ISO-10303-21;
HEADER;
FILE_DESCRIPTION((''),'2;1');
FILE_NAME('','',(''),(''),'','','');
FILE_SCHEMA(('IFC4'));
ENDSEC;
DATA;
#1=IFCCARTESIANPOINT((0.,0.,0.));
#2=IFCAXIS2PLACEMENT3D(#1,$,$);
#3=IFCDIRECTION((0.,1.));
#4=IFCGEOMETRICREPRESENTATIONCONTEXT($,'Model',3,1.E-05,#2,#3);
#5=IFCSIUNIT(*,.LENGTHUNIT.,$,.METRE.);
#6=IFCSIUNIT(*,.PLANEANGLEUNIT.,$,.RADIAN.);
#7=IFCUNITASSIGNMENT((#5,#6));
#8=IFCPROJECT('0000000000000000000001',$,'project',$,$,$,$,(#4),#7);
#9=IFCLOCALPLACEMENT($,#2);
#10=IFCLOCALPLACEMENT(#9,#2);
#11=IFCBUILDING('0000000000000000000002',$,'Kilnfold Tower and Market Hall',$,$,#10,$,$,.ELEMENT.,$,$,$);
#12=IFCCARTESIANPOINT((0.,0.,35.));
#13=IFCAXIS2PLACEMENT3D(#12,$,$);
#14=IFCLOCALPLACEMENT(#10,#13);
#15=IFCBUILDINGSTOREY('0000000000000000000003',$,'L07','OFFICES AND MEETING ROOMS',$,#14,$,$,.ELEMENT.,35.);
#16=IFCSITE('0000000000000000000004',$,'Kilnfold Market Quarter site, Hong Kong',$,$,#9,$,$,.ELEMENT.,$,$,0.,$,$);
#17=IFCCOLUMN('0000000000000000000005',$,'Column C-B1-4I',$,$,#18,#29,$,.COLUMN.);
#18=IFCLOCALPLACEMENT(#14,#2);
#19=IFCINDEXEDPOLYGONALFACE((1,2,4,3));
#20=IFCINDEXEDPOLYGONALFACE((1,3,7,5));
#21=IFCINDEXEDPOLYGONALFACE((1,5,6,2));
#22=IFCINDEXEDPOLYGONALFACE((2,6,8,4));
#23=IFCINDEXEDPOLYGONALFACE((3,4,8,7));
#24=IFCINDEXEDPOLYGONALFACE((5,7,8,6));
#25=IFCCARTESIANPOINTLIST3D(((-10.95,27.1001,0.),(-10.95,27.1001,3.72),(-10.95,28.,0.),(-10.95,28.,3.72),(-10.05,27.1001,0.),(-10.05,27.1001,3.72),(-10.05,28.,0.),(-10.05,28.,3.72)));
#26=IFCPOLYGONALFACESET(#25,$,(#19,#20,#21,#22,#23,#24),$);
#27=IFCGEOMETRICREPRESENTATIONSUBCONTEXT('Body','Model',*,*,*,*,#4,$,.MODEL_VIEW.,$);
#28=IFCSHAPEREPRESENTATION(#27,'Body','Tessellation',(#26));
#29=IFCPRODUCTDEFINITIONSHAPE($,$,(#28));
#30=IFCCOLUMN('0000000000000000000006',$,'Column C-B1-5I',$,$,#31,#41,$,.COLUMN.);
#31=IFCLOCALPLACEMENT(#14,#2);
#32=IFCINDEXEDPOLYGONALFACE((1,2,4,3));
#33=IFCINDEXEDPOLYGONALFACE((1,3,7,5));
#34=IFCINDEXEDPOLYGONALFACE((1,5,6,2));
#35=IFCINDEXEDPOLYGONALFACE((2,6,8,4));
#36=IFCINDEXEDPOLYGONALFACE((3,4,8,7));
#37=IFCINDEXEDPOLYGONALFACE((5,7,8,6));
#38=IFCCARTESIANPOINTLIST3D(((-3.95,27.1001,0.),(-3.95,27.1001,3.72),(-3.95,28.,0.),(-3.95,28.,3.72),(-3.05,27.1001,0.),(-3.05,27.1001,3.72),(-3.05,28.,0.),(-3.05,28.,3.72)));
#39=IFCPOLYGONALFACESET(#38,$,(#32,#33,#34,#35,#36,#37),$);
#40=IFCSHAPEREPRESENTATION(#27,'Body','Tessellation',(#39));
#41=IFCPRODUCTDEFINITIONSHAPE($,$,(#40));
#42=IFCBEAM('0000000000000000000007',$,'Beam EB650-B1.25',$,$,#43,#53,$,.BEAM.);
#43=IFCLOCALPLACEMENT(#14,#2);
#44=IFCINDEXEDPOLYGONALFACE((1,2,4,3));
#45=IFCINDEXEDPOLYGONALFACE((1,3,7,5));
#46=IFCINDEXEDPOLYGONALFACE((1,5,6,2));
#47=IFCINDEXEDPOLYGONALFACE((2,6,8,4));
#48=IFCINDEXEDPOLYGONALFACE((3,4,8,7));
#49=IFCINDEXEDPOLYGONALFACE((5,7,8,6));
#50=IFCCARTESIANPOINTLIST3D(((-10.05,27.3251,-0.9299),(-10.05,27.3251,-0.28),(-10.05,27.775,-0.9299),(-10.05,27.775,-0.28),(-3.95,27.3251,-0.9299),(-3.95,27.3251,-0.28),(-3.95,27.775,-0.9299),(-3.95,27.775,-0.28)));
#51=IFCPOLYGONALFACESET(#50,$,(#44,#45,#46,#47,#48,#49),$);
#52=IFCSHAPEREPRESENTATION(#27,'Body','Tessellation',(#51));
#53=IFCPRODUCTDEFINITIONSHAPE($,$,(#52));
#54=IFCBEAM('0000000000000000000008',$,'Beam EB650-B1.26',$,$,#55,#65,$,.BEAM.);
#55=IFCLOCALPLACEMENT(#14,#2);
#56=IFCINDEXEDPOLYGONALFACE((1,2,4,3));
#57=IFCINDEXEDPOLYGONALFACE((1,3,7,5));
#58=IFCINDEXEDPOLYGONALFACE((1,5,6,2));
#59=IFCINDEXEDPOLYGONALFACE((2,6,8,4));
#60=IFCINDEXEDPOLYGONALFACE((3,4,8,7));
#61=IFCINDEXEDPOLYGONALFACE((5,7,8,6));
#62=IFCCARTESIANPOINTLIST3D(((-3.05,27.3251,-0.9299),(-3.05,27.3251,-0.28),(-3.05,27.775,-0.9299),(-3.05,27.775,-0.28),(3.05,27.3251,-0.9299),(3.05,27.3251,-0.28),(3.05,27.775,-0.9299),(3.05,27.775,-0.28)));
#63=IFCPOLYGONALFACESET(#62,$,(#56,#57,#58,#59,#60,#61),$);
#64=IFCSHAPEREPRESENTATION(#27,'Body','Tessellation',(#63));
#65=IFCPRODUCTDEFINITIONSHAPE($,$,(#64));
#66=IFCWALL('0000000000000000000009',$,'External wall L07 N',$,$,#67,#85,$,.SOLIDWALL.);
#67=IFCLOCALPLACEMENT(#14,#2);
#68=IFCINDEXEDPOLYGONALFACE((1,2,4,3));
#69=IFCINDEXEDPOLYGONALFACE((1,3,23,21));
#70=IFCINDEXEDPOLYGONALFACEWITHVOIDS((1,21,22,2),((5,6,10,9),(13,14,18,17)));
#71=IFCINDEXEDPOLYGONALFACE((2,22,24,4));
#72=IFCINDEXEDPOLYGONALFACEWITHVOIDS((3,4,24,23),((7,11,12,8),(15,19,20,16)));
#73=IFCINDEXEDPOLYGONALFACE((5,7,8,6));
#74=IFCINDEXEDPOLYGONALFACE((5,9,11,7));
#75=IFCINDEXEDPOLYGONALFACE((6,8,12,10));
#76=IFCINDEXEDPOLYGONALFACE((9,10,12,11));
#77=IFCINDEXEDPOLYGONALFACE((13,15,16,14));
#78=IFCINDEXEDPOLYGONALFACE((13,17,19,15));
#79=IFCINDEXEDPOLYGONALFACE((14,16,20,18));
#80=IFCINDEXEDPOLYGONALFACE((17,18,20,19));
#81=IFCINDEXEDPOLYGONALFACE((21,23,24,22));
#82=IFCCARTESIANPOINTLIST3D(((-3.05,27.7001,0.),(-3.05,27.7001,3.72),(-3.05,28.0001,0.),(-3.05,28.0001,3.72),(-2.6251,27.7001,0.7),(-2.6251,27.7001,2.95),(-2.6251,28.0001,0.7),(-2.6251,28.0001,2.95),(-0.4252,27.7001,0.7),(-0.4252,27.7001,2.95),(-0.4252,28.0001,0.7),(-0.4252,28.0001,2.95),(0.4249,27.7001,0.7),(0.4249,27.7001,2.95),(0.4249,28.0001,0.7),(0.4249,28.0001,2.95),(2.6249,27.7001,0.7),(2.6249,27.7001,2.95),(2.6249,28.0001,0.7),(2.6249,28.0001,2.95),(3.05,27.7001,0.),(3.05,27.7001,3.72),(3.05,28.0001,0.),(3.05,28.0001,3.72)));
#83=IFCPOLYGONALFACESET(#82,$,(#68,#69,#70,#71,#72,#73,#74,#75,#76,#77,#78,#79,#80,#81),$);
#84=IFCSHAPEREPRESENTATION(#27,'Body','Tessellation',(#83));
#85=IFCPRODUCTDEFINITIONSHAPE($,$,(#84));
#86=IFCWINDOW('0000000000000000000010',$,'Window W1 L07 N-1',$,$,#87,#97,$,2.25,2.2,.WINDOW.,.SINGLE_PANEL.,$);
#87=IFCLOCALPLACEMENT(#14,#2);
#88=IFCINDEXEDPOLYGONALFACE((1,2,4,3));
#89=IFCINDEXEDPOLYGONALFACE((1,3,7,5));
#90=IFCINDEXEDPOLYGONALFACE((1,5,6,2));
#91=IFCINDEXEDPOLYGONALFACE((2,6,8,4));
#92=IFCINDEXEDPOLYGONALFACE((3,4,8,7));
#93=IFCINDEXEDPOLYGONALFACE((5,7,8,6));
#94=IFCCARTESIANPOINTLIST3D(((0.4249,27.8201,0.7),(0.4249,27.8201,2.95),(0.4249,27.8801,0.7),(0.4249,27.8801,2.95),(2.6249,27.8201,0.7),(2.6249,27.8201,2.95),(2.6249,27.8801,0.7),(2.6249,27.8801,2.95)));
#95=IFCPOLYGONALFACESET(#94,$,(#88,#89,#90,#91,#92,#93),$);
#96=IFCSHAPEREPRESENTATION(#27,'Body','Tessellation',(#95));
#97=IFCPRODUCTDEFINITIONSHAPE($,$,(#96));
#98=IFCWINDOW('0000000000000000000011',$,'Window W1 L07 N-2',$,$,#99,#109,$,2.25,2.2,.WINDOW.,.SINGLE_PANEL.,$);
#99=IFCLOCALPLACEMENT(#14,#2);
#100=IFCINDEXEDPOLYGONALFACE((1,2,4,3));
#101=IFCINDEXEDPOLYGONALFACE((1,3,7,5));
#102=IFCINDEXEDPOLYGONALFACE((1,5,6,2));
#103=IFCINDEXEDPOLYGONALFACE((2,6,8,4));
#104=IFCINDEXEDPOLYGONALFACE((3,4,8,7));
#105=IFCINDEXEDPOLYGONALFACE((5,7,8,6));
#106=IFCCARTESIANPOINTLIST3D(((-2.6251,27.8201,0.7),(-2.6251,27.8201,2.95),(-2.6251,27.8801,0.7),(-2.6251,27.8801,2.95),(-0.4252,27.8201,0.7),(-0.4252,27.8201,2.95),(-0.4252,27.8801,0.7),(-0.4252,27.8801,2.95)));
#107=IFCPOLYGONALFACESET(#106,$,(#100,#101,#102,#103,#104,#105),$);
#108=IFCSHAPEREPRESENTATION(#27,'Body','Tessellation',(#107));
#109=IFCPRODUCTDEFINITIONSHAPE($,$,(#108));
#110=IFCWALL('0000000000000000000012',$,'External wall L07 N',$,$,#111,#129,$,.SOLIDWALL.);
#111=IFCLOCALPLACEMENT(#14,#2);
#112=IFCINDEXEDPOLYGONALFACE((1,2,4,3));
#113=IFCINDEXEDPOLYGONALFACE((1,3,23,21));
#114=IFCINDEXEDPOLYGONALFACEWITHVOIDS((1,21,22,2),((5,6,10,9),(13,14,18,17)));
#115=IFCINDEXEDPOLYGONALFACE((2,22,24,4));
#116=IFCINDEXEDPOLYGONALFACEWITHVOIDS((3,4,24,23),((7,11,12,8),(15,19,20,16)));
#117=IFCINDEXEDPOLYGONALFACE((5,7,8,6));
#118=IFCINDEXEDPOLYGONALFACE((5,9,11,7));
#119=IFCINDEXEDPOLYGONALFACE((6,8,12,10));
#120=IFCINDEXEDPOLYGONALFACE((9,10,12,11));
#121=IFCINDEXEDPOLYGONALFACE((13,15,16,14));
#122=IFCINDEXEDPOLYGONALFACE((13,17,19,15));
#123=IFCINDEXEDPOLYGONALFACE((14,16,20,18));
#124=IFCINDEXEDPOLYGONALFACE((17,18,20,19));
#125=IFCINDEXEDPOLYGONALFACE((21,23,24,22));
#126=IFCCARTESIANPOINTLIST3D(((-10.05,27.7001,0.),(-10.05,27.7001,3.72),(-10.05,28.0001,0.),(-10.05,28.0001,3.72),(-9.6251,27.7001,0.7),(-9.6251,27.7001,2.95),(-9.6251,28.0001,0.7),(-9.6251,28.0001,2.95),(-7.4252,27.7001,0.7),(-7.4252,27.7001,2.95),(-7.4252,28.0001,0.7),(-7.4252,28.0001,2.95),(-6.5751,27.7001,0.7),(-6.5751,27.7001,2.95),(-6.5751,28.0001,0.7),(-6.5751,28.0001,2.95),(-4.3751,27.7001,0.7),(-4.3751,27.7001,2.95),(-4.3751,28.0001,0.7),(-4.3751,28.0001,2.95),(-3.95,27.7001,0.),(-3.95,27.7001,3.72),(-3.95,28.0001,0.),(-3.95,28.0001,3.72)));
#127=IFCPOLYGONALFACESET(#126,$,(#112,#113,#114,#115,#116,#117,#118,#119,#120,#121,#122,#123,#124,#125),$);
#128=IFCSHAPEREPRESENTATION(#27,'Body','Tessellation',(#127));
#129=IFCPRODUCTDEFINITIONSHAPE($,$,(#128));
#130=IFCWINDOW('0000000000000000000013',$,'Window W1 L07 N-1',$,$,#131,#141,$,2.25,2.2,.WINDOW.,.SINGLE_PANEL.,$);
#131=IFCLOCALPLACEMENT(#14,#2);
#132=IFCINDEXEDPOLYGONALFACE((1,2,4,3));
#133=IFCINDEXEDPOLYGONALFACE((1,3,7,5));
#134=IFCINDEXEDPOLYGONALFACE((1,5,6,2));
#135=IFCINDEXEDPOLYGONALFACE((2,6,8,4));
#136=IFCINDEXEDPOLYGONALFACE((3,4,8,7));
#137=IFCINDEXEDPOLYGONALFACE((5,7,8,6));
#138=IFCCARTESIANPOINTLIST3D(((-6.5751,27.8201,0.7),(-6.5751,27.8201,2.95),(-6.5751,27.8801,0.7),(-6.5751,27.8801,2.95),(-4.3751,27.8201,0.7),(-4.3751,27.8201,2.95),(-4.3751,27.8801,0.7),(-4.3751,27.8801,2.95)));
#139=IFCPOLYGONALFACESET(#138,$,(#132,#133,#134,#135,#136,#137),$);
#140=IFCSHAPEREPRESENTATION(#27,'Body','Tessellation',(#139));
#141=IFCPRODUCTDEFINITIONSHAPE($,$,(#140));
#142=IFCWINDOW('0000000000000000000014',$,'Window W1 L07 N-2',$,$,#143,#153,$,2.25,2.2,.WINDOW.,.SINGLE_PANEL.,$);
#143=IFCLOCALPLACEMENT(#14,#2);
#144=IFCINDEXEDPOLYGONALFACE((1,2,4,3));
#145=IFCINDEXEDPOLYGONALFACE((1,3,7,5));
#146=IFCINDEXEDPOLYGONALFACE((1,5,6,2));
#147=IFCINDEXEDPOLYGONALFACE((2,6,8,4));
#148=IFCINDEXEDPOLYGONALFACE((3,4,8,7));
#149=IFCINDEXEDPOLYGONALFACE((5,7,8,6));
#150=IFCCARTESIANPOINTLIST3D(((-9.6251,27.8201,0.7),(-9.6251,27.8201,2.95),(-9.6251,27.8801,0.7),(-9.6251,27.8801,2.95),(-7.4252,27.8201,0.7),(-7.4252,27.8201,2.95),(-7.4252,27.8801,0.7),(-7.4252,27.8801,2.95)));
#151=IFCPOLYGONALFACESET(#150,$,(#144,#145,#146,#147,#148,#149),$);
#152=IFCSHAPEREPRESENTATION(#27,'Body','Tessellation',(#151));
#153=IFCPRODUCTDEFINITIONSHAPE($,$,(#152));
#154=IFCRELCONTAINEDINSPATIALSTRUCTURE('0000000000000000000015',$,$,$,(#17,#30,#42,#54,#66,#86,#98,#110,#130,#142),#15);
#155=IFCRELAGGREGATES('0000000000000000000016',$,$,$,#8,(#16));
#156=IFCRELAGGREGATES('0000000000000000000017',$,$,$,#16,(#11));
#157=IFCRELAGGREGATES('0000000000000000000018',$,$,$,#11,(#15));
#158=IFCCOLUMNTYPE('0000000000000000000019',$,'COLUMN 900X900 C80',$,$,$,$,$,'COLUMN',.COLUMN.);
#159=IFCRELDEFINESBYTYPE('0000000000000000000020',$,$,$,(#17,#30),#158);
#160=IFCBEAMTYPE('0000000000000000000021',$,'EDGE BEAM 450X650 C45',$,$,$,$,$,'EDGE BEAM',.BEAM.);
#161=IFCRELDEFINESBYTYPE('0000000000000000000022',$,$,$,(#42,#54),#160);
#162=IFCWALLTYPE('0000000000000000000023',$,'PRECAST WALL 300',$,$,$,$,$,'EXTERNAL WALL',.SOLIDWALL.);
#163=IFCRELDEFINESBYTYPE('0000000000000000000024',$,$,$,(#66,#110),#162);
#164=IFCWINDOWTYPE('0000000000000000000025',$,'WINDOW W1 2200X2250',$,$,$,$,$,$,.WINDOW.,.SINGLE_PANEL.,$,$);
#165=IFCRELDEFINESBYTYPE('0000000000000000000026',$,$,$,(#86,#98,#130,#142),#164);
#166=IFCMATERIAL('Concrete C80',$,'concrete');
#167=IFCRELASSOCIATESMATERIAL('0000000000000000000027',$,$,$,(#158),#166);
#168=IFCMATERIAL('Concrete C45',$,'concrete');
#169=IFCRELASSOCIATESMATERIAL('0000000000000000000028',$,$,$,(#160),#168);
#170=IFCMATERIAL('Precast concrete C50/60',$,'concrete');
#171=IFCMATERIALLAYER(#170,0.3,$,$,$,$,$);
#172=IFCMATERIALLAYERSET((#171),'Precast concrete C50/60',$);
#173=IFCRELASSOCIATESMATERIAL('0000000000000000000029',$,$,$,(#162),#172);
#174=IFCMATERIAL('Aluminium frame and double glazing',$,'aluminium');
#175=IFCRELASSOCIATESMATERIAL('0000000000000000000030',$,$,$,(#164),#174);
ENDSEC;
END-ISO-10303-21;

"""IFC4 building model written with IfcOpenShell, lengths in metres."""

from ifc_helpers import new_model, si_unit, direction, frame, frame_2d, origin, origin_2d, place, context, subcontext, project, spatial, rectangle, extrude, source, transform, mapped, material, layer, layer_set, material_profile, profile_set, type_object, element, fill, save


model = new_model("IFC4")

# Units and contexts
model_context = context("Model", 3, precision=1e-05, world=origin(), true_north=direction((0.0, 1.0)))
body_context = subcontext(model_context, "Body", "Model", "MODEL_VIEW")
ifc_project = project(units=[si_unit("LENGTHUNIT", "METRE"), si_unit("PLANEANGLEUNIT", "RADIAN")], contexts=[model_context])

# Site, building, storey
site_placement = place(None, origin())
site = spatial("IfcSite", under=ifc_project, at=site_placement, Name="Kilnfold Market Quarter site, Hong Kong", CompositionType="ELEMENT", RefElevation=0.0)
building_placement = place(site_placement, origin())
building = spatial("IfcBuilding", under=site, at=building_placement, Name="Kilnfold Tower and Market Hall", CompositionType="ELEMENT")
storey_placement = place(building_placement, frame((0.0, 0.0, 35.0)))
storey = spatial("IfcBuildingStorey", under=building, at=storey_placement, Name="L07", Description="OFFICES AND MEETING ROOMS", CompositionType="ELEMENT", Elevation=35.0)

# Columns
ifc_material_1 = material(Name="Concrete C80", Category="concrete")
ifc_material_profile_1 = material_profile(ifc_material_1, rectangle(XDim=0.8999, YDim=0.8999, at=origin_2d()), Name="RC 900x900")
ifc_profile_set_1 = profile_set([ifc_material_profile_1], Name="Concrete C80")
column_type = type_object("IfcColumnType", Name="COLUMN 900X900 C80", ElementType="COLUMN", PredefinedType="COLUMN", material=ifc_profile_set_1)
shared_shape_1 = source(origin(), body_context, "Body", "SweptSolid", [
    extrude(rectangle(XDim=0.8999, YDim=0.8999, at=origin_2d()), origin(), (0.0, 0.0, 1.0), 3.72),
])
for number, where, z_axis, x_axis, name in (
    (1, (-10.5, 27.55, 0.0), (0.0, 0.0, 1.0), (1.0, 0.0, 0.0), "Column C-B1-4I"),
    (2, (-3.5, 27.55, 0.0), (0.0, 0.0, 1.0), (1.0, 0.0, 0.0), "Column C-B1-5I"),
):
    element("IfcColumn", number, at=place(storey_placement, frame(where, z_axis=z_axis, x_axis=x_axis)), inside=storey, type_object=column_type, Name=name, PredefinedType="COLUMN", context=body_context, shape_type="MappedRepresentation", body=[
        mapped(shared_shape_1, transform((0.0, 0.0, 0.0))),
    ])

# Beams
ifc_material_2 = material(Name="Concrete C45", Category="concrete")
ifc_material_profile_2 = material_profile(ifc_material_2, rectangle(XDim=0.45, YDim=0.6499, at=origin_2d()), Name="RC 450x650")
ifc_profile_set_2 = profile_set([ifc_material_profile_2], Name="Concrete C45")
beam_type = type_object("IfcBeamType", Name="EDGE BEAM 450X650 C45", ElementType="EDGE BEAM", PredefinedType="BEAM", material=ifc_profile_set_2)
shared_shape_2 = source(origin(), body_context, "Body", "SweptSolid", [
    extrude(rectangle(XDim=0.45, YDim=0.6499, at=origin_2d()), origin(), (0.0, 0.0, 1.0), 6.1001),
])
for number, where, z_axis, x_axis, name in (
    (3, (-10.05, 27.55, -0.605), (1.0, 0.0, 0.0), (0.0, 1.0, 0.0), "Beam EB650-B1.25"),
    (4, (-3.05, 27.55, -0.605), (1.0, 0.0, 0.0), (0.0, 1.0, 0.0), "Beam EB650-B1.26"),
):
    element("IfcBeam", number, at=place(storey_placement, frame(where, z_axis=z_axis, x_axis=x_axis)), inside=storey, type_object=beam_type, Name=name, PredefinedType="BEAM", context=body_context, shape_type="MappedRepresentation", body=[
        mapped(shared_shape_2, transform((0.0, 0.0, 0.0))),
    ])

# Walls, openings, windows
ifc_material_3 = material(Name="Precast concrete C50/60", Category="concrete")
ifc_layer_1 = layer(ifc_material_3, 0.3)
ifc_layer_set_1 = layer_set([ifc_layer_1], Name="Precast concrete C50/60")
wall_type_1 = type_object("IfcWallType", Name="PRECAST WALL 300", ElementType="EXTERNAL WALL", PredefinedType="SOLIDWALL", material=ifc_layer_set_1)
shared_shape_3 = source(origin(), body_context, "Body", "SweptSolid", [
    extrude(rectangle(XDim=6.1001, YDim=0.3, at=frame_2d((3.05, 0.0))), origin(), (0.0, 0.0, 1.0), 3.72),
])
wall_1_placement = place(storey_placement, frame((3.05, 27.8501, 0.0), z_axis=(0.0, 0.0, 1.0), x_axis=(-1.0, 0.0, 0.0)))
wall_1 = element("IfcWall", 5, at=wall_1_placement, inside=storey, type_object=wall_type_1, Name="External wall L07 N", PredefinedType="SOLIDWALL", context=body_context, shape_type="MappedRepresentation", body=[
    mapped(shared_shape_3, transform((0.0, 0.0, 0.0))),
])
opening_1_placement = place(wall_1_placement, frame((0.425, 0.0, 0.7)))
opening_1 = element("IfcOpeningElement", 6, at=opening_1_placement, cuts=wall_1, PredefinedType="OPENING", context=body_context, shape_type="SweptSolid", body=[
    extrude(rectangle(XDim=2.2, YDim=2.25, at=frame_2d((1.1001, 1.125))), frame((0.0, 0.1602, 0.0), z_axis=(0.0, -1.0, 0.0), x_axis=(1.0, 0.0, 0.0)), (0.0, 0.0, 1.0), 0.3201),
])
opening_2_placement = place(wall_1_placement, frame((3.4751, 0.0, 0.7)))
opening_2 = element("IfcOpeningElement", 7, at=opening_2_placement, cuts=wall_1, PredefinedType="OPENING", context=body_context, shape_type="SweptSolid", body=[
    extrude(rectangle(XDim=2.2, YDim=2.25, at=frame_2d((1.1001, 1.125))), frame((0.0, 0.1602, 0.0), z_axis=(0.0, -1.0, 0.0), x_axis=(1.0, 0.0, 0.0)), (0.0, 0.0, 1.0), 0.3201),
])
ifc_material_4 = material(Name="Aluminium frame and double glazing", Category="aluminium")
window_type = type_object("IfcWindowType", Name="WINDOW W1 2200X2250", PartitioningType="SINGLE_PANEL", PredefinedType="WINDOW", material=ifc_material_4)
window_1_placement = place(opening_1_placement, origin())
window_1 = element("IfcWindow", 8, at=window_1_placement, inside=storey, type_object=window_type, Name="Window W1 L07 N-1", OverallHeight=2.25, OverallWidth=2.2, PartitioningType="SINGLE_PANEL", PredefinedType="WINDOW", context=body_context, shape_type="SweptSolid", body=[
    extrude(rectangle(XDim=2.2, YDim=2.25, at=frame_2d((1.1001, 1.125))), frame((0.0, 0.03, 0.0), z_axis=(0.0, -1.0, 0.0), x_axis=(1.0, 0.0, 0.0)), (0.0, 0.0, 1.0), 0.0601),
])
fill(opening_1, window_1)
window_2_placement = place(opening_2_placement, origin())
window_2 = element("IfcWindow", 9, at=window_2_placement, inside=storey, type_object=window_type, Name="Window W1 L07 N-2", OverallHeight=2.25, OverallWidth=2.2, PartitioningType="SINGLE_PANEL", PredefinedType="WINDOW", context=body_context, shape_type="SweptSolid", body=[
    extrude(rectangle(XDim=2.2, YDim=2.25, at=frame_2d((1.1001, 1.125))), frame((0.0, 0.03, 0.0), z_axis=(0.0, -1.0, 0.0), x_axis=(1.0, 0.0, 0.0)), (0.0, 0.0, 1.0), 0.0601),
])
fill(opening_2, window_2)
wall_2_placement = place(storey_placement, frame((-3.95, 27.8501, 0.0), z_axis=(0.0, 0.0, 1.0), x_axis=(-1.0, 0.0, 0.0)))
wall_2 = element("IfcWall", 10, at=wall_2_placement, inside=storey, type_object=wall_type_1, Name="External wall L07 N", PredefinedType="SOLIDWALL", context=body_context, shape_type="MappedRepresentation", body=[
    mapped(shared_shape_3, transform((0.0, 0.0, 0.0))),
])
opening_3_placement = place(wall_2_placement, frame((0.425, 0.0, 0.7)))
opening_3 = element("IfcOpeningElement", 11, at=opening_3_placement, cuts=wall_2, PredefinedType="OPENING", context=body_context, shape_type="SweptSolid", body=[
    extrude(rectangle(XDim=2.2, YDim=2.25, at=frame_2d((1.1001, 1.125))), frame((0.0, 0.1602, 0.0), z_axis=(0.0, -1.0, 0.0), x_axis=(1.0, 0.0, 0.0)), (0.0, 0.0, 1.0), 0.3201),
])
opening_4_placement = place(wall_2_placement, frame((3.4751, 0.0, 0.7)))
opening_4 = element("IfcOpeningElement", 12, at=opening_4_placement, cuts=wall_2, PredefinedType="OPENING", context=body_context, shape_type="SweptSolid", body=[
    extrude(rectangle(XDim=2.2, YDim=2.25, at=frame_2d((1.1001, 1.125))), frame((0.0, 0.1602, 0.0), z_axis=(0.0, -1.0, 0.0), x_axis=(1.0, 0.0, 0.0)), (0.0, 0.0, 1.0), 0.3201),
])
window_3_placement = place(opening_3_placement, origin())
window_3 = element("IfcWindow", 13, at=window_3_placement, inside=storey, type_object=window_type, Name="Window W1 L07 N-1", OverallHeight=2.25, OverallWidth=2.2, PartitioningType="SINGLE_PANEL", PredefinedType="WINDOW", context=body_context, shape_type="SweptSolid", body=[
    extrude(rectangle(XDim=2.2, YDim=2.25, at=frame_2d((1.1001, 1.125))), frame((0.0, 0.03, 0.0), z_axis=(0.0, -1.0, 0.0), x_axis=(1.0, 0.0, 0.0)), (0.0, 0.0, 1.0), 0.0601),
])
fill(opening_3, window_3)
window_4_placement = place(opening_4_placement, origin())
window_4 = element("IfcWindow", 14, at=window_4_placement, inside=storey, type_object=window_type, Name="Window W1 L07 N-2", OverallHeight=2.25, OverallWidth=2.2, PartitioningType="SINGLE_PANEL", PredefinedType="WINDOW", context=body_context, shape_type="SweptSolid", body=[
    extrude(rectangle(XDim=2.2, YDim=2.25, at=frame_2d((1.1001, 1.125))), frame((0.0, 0.03, 0.0), z_axis=(0.0, -1.0, 0.0), x_axis=(1.0, 0.0, 0.0)), (0.0, 0.0, 1.0), 0.0601),
])
fill(opening_4, window_4)

save(model, "model.ifc")
